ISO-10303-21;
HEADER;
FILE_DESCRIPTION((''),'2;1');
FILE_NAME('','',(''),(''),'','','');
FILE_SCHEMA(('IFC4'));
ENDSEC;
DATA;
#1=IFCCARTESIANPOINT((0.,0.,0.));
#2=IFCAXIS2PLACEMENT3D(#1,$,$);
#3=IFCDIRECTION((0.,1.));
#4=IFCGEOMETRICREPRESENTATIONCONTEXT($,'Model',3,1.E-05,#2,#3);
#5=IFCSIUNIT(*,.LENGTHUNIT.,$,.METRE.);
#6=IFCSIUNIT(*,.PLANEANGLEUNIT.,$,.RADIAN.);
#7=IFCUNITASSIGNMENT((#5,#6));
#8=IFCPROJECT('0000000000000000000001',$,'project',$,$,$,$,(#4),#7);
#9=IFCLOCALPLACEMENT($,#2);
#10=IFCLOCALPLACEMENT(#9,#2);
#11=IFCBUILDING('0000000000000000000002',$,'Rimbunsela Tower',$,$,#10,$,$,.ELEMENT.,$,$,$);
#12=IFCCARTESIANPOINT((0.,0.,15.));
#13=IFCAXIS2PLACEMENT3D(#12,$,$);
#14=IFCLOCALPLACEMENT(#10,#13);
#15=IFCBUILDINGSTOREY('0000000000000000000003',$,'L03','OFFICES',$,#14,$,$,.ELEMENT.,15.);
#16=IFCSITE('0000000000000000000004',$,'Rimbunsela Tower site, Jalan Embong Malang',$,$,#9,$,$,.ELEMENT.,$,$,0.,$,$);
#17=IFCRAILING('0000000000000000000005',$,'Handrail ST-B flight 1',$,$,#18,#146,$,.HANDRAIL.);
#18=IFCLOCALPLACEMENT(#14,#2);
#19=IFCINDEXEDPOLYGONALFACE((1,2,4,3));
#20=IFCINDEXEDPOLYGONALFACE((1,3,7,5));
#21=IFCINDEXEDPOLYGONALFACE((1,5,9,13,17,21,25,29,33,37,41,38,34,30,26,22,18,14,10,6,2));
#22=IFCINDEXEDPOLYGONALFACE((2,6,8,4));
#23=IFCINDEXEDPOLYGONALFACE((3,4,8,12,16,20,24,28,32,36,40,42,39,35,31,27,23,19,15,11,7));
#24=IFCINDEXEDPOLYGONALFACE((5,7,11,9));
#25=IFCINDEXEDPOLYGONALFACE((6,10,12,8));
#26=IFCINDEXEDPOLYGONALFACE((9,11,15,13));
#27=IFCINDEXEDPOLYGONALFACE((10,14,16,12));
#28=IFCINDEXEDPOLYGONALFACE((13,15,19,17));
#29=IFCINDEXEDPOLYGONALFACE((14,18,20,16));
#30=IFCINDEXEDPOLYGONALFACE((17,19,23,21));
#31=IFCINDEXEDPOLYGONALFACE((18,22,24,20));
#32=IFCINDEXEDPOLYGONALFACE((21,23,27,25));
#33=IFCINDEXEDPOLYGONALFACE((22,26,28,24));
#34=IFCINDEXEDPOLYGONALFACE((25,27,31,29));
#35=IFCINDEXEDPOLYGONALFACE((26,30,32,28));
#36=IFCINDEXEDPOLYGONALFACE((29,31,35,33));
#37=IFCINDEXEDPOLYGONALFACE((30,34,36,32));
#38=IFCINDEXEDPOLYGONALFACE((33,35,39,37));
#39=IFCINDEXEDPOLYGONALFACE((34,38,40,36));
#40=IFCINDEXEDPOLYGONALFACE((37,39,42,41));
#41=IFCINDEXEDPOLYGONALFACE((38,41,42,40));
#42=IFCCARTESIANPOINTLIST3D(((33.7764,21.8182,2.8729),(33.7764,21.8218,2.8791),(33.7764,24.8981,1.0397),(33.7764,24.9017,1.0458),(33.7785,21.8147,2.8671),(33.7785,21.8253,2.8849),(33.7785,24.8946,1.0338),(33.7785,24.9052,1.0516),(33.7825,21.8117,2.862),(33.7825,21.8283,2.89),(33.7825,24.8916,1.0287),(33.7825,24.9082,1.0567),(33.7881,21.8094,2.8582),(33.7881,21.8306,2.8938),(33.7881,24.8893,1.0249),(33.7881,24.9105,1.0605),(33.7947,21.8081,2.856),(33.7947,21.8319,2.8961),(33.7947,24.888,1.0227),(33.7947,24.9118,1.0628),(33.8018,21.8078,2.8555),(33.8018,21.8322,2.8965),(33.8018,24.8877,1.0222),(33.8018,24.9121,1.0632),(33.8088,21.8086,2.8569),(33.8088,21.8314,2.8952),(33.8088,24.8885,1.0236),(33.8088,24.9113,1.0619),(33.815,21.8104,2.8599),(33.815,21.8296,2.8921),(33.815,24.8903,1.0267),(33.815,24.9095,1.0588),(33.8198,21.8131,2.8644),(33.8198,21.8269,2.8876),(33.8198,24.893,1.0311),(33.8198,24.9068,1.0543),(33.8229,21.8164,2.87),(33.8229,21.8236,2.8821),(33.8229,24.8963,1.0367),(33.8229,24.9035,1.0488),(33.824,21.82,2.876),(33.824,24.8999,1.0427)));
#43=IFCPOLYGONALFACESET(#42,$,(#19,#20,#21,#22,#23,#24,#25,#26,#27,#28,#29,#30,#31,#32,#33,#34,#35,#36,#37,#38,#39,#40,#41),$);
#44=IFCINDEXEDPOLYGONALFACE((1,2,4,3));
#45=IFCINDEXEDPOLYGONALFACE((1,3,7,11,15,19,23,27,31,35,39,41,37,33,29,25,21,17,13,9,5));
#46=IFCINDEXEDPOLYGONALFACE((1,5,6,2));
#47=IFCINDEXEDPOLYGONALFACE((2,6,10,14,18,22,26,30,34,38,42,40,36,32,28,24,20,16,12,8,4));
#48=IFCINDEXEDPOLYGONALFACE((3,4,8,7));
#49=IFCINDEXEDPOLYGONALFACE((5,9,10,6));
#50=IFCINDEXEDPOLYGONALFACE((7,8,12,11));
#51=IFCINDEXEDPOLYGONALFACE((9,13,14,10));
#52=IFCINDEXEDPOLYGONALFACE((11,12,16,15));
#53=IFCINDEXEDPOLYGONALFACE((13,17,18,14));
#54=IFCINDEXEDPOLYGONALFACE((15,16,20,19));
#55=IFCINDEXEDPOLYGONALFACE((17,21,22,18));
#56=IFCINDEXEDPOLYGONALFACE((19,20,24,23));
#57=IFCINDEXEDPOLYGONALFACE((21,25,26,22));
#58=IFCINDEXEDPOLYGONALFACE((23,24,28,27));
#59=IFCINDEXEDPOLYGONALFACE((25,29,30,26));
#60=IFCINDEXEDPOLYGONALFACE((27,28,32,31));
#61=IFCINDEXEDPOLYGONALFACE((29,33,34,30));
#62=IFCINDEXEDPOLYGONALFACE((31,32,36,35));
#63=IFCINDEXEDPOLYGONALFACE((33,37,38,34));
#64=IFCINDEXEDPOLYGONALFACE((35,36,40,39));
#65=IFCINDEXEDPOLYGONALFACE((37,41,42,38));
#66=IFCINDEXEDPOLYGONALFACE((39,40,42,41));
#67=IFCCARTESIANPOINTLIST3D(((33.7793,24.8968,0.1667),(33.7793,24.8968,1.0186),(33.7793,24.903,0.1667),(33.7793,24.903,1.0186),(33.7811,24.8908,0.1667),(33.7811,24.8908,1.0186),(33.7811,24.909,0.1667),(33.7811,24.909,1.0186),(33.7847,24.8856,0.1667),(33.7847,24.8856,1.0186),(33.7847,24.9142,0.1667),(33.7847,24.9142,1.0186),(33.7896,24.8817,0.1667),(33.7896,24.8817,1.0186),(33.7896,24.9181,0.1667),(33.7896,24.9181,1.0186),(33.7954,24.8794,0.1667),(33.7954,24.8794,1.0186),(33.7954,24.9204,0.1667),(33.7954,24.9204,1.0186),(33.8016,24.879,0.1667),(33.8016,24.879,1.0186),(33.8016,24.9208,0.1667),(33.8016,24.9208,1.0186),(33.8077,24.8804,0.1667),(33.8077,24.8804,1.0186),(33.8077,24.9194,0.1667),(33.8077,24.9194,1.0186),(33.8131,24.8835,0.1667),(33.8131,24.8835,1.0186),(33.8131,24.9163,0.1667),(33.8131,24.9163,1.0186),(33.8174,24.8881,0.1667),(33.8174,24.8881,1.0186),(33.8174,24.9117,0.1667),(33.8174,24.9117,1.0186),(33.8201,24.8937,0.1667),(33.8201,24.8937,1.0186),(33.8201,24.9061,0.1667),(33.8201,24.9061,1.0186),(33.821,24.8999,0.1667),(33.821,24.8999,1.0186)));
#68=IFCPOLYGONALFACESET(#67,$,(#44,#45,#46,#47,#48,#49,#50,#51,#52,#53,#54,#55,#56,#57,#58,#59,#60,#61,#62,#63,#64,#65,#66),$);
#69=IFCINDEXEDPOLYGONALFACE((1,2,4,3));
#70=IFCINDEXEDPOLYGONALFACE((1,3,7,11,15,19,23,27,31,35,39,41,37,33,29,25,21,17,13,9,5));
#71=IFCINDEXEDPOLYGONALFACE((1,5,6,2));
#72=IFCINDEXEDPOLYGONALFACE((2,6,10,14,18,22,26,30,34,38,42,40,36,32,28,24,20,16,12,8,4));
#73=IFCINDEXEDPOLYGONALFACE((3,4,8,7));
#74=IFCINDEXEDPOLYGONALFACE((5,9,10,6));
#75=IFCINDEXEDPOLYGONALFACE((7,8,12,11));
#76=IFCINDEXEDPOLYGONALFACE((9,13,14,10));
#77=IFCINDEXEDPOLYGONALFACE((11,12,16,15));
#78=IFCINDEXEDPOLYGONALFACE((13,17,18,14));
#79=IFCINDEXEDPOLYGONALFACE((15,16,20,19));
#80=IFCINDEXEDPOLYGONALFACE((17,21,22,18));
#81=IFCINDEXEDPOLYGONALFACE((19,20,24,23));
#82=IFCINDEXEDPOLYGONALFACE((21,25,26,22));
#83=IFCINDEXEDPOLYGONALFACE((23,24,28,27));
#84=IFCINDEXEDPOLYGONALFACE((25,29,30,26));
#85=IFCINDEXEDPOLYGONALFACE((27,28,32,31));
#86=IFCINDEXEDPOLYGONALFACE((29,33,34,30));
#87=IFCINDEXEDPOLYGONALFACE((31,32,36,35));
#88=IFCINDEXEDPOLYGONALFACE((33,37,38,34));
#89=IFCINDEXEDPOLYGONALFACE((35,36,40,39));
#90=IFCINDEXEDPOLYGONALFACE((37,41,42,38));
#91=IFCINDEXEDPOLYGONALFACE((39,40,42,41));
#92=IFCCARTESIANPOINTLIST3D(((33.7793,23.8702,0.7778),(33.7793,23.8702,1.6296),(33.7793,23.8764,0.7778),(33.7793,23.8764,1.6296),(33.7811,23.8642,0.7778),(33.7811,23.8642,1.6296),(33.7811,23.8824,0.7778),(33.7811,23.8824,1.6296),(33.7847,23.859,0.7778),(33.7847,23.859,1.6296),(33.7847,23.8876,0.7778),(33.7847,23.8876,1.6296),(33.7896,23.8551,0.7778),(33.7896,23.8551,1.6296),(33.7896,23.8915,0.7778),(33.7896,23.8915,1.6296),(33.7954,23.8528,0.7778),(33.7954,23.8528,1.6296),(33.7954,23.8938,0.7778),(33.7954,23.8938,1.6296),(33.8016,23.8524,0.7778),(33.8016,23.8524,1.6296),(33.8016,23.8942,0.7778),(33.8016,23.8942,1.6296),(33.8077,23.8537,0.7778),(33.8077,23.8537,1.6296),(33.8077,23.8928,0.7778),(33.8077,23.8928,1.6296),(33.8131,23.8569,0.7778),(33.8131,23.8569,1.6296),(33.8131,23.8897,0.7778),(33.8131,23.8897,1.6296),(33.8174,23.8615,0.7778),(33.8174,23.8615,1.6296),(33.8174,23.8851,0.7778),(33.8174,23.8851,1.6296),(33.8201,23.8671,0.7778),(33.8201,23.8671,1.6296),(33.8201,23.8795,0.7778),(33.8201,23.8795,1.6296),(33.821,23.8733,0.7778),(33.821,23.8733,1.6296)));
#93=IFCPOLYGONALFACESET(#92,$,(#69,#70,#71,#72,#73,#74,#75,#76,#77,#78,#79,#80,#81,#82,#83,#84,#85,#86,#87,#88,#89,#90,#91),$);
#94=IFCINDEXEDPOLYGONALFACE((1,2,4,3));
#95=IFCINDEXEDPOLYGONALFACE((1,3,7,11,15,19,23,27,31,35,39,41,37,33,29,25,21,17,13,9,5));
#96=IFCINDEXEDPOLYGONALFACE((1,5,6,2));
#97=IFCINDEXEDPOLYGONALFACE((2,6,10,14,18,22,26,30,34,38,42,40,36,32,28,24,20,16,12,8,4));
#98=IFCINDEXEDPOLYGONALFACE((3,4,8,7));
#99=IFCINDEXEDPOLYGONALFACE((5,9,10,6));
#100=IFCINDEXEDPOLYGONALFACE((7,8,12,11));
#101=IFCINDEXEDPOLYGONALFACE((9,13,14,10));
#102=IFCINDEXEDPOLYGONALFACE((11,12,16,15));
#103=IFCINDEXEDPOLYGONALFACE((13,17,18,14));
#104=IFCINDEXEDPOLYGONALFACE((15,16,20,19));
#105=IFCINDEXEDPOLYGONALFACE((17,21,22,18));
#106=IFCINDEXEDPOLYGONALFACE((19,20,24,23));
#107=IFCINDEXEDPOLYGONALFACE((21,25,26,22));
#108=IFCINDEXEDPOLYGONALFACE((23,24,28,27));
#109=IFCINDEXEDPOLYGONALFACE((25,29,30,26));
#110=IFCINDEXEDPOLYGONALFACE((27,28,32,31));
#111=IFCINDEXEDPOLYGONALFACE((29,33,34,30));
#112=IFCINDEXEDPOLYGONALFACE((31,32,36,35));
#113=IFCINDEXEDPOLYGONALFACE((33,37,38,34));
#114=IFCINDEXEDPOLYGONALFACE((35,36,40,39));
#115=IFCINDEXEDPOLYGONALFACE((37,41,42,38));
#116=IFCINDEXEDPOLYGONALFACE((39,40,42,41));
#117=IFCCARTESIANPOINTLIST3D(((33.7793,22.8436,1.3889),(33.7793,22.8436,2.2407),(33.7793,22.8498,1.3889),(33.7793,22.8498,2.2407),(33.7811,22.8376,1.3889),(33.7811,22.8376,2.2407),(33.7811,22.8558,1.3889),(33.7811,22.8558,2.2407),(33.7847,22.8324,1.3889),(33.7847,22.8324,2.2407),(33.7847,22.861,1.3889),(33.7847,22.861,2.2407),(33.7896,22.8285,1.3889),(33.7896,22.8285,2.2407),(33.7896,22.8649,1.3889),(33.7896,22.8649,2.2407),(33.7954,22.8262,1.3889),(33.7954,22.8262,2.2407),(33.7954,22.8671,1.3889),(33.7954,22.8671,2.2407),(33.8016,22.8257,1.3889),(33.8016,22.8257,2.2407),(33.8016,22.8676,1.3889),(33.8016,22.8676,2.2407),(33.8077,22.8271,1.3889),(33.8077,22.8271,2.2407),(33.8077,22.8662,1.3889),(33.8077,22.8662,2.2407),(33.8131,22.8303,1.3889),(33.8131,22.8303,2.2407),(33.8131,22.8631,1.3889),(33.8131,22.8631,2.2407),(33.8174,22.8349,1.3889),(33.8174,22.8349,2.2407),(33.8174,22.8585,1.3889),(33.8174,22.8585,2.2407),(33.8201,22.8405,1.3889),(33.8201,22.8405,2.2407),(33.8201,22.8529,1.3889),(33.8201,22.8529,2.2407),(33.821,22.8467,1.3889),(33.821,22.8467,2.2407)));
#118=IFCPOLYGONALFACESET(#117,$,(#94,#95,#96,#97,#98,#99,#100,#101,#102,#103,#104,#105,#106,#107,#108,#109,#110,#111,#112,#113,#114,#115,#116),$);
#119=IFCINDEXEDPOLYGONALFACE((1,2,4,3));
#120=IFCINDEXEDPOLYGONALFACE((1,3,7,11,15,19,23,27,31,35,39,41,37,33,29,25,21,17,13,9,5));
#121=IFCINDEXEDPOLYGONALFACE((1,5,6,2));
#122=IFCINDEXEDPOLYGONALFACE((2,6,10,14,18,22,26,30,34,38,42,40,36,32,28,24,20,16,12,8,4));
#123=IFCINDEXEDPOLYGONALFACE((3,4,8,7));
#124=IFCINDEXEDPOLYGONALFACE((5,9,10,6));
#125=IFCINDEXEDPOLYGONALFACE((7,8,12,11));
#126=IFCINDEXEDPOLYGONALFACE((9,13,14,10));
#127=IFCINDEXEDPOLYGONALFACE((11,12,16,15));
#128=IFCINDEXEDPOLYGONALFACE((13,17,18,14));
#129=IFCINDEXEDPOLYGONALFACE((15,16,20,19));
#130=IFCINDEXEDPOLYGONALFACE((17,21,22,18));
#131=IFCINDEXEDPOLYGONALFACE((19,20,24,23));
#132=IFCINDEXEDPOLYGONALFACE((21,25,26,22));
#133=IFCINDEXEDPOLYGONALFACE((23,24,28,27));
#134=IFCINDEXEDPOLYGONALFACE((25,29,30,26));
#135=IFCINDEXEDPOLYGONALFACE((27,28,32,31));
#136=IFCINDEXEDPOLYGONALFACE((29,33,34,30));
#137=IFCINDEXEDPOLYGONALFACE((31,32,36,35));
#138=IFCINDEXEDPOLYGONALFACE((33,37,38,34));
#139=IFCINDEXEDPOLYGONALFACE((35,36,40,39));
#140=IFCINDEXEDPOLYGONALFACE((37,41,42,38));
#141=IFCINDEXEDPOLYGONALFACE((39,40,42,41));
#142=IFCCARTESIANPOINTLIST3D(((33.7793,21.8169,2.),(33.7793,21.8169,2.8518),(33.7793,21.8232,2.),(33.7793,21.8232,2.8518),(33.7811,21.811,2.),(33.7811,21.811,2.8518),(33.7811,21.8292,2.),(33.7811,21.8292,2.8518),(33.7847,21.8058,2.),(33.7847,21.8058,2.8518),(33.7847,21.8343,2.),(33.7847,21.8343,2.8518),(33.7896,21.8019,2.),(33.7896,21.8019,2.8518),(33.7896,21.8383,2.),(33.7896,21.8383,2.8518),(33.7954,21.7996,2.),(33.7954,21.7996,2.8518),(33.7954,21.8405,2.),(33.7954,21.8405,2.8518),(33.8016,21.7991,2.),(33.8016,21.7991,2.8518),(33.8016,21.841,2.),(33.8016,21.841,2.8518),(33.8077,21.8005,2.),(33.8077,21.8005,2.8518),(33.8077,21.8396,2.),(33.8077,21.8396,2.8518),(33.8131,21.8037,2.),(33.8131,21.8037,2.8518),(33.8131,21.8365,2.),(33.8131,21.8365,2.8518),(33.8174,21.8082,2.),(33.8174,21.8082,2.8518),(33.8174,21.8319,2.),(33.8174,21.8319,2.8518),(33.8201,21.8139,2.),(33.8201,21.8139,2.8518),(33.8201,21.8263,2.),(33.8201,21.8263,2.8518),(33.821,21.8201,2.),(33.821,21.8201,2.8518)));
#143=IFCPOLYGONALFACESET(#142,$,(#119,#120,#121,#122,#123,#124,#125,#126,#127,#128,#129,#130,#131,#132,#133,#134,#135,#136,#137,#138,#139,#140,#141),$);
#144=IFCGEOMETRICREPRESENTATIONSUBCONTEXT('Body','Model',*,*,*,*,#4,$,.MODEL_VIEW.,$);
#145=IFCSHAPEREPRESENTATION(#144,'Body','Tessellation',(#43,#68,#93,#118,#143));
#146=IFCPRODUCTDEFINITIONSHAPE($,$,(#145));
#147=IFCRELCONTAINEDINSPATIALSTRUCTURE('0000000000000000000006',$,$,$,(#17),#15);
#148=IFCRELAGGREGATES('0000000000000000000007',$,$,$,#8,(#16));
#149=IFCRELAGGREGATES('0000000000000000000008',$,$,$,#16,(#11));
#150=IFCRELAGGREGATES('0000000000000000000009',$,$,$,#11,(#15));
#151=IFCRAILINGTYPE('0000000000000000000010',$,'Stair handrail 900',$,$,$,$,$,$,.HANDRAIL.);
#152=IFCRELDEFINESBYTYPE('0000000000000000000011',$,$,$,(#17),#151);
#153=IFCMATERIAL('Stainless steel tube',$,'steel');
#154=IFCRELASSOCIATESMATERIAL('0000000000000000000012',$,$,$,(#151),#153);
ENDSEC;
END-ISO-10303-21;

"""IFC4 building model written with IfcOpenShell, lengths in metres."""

from ifc_helpers import new_model, si_unit, direction, frame, origin, origin_2d, place, context, subcontext, project, spatial, circle, extrude, material, type_object, element, save


model = new_model("IFC4")

# Units and contexts
model_context = context("Model", 3, precision=1e-05, world=origin(), true_north=direction((0.0, 1.0)))
body_context = subcontext(model_context, "Body", "Model", "MODEL_VIEW")
ifc_project = project(units=[si_unit("LENGTHUNIT", "METRE"), si_unit("PLANEANGLEUNIT", "RADIAN")], contexts=[model_context])

# Site, building, storey
site_placement = place(None, origin())
site = spatial("IfcSite", under=ifc_project, at=site_placement, Name="Rimbunsela Tower site, Jalan Embong Malang", CompositionType="ELEMENT", RefElevation=0.0)
building_placement = place(site_placement, origin())
building = spatial("IfcBuilding", under=site, at=building_placement, Name="Rimbunsela Tower", CompositionType="ELEMENT")
storey_placement = place(building_placement, frame((0.0, 0.0, 15.0)))
storey = spatial("IfcBuildingStorey", under=building, at=storey_placement, Name="L03", Description="OFFICES", CompositionType="ELEMENT", Elevation=15.0)

# Railing
ifc_material_1 = material(Name="Stainless steel tube", Category="steel")
railing_type = type_object("IfcRailingType", Name="Stair handrail 900", PredefinedType="HANDRAIL", material=ifc_material_1)
railing_1_placement = place(storey_placement, frame((33.8, 24.8999, 0.1667)))
element("IfcRailing", 1, at=railing_1_placement, inside=storey, type_object=railing_type, Name="Handrail ST-B flight 1", PredefinedType="HANDRAIL", context=body_context, shape_type="SweptSolid", body=[
    extrude(circle(Radius=0.0239, at=origin_2d()), frame((0.0, 0.0, 0.876), z_axis=(0.0, -0.859291, 0.511487), x_axis=(1.0, 0.0, 0.0)), (0.0, 0.0, 1.0), 3.5842),
    extrude(circle(Radius=0.021, at=origin_2d()), origin(), (0.0, 0.0, 1.0), 0.8518),
    extrude(circle(Radius=0.021, at=origin_2d()), frame((0.0, -1.0266, 0.6111)), (0.0, 0.0, 1.0), 0.8518),
    extrude(circle(Radius=0.021, at=origin_2d()), frame((0.0, -2.0532, 1.2222)), (0.0, 0.0, 1.0), 0.8518),
    extrude(circle(Radius=0.021, at=origin_2d()), frame((0.0, -3.0798, 1.8333)), (0.0, 0.0, 1.0), 0.8518),
])

save(model, "model.ifc")
